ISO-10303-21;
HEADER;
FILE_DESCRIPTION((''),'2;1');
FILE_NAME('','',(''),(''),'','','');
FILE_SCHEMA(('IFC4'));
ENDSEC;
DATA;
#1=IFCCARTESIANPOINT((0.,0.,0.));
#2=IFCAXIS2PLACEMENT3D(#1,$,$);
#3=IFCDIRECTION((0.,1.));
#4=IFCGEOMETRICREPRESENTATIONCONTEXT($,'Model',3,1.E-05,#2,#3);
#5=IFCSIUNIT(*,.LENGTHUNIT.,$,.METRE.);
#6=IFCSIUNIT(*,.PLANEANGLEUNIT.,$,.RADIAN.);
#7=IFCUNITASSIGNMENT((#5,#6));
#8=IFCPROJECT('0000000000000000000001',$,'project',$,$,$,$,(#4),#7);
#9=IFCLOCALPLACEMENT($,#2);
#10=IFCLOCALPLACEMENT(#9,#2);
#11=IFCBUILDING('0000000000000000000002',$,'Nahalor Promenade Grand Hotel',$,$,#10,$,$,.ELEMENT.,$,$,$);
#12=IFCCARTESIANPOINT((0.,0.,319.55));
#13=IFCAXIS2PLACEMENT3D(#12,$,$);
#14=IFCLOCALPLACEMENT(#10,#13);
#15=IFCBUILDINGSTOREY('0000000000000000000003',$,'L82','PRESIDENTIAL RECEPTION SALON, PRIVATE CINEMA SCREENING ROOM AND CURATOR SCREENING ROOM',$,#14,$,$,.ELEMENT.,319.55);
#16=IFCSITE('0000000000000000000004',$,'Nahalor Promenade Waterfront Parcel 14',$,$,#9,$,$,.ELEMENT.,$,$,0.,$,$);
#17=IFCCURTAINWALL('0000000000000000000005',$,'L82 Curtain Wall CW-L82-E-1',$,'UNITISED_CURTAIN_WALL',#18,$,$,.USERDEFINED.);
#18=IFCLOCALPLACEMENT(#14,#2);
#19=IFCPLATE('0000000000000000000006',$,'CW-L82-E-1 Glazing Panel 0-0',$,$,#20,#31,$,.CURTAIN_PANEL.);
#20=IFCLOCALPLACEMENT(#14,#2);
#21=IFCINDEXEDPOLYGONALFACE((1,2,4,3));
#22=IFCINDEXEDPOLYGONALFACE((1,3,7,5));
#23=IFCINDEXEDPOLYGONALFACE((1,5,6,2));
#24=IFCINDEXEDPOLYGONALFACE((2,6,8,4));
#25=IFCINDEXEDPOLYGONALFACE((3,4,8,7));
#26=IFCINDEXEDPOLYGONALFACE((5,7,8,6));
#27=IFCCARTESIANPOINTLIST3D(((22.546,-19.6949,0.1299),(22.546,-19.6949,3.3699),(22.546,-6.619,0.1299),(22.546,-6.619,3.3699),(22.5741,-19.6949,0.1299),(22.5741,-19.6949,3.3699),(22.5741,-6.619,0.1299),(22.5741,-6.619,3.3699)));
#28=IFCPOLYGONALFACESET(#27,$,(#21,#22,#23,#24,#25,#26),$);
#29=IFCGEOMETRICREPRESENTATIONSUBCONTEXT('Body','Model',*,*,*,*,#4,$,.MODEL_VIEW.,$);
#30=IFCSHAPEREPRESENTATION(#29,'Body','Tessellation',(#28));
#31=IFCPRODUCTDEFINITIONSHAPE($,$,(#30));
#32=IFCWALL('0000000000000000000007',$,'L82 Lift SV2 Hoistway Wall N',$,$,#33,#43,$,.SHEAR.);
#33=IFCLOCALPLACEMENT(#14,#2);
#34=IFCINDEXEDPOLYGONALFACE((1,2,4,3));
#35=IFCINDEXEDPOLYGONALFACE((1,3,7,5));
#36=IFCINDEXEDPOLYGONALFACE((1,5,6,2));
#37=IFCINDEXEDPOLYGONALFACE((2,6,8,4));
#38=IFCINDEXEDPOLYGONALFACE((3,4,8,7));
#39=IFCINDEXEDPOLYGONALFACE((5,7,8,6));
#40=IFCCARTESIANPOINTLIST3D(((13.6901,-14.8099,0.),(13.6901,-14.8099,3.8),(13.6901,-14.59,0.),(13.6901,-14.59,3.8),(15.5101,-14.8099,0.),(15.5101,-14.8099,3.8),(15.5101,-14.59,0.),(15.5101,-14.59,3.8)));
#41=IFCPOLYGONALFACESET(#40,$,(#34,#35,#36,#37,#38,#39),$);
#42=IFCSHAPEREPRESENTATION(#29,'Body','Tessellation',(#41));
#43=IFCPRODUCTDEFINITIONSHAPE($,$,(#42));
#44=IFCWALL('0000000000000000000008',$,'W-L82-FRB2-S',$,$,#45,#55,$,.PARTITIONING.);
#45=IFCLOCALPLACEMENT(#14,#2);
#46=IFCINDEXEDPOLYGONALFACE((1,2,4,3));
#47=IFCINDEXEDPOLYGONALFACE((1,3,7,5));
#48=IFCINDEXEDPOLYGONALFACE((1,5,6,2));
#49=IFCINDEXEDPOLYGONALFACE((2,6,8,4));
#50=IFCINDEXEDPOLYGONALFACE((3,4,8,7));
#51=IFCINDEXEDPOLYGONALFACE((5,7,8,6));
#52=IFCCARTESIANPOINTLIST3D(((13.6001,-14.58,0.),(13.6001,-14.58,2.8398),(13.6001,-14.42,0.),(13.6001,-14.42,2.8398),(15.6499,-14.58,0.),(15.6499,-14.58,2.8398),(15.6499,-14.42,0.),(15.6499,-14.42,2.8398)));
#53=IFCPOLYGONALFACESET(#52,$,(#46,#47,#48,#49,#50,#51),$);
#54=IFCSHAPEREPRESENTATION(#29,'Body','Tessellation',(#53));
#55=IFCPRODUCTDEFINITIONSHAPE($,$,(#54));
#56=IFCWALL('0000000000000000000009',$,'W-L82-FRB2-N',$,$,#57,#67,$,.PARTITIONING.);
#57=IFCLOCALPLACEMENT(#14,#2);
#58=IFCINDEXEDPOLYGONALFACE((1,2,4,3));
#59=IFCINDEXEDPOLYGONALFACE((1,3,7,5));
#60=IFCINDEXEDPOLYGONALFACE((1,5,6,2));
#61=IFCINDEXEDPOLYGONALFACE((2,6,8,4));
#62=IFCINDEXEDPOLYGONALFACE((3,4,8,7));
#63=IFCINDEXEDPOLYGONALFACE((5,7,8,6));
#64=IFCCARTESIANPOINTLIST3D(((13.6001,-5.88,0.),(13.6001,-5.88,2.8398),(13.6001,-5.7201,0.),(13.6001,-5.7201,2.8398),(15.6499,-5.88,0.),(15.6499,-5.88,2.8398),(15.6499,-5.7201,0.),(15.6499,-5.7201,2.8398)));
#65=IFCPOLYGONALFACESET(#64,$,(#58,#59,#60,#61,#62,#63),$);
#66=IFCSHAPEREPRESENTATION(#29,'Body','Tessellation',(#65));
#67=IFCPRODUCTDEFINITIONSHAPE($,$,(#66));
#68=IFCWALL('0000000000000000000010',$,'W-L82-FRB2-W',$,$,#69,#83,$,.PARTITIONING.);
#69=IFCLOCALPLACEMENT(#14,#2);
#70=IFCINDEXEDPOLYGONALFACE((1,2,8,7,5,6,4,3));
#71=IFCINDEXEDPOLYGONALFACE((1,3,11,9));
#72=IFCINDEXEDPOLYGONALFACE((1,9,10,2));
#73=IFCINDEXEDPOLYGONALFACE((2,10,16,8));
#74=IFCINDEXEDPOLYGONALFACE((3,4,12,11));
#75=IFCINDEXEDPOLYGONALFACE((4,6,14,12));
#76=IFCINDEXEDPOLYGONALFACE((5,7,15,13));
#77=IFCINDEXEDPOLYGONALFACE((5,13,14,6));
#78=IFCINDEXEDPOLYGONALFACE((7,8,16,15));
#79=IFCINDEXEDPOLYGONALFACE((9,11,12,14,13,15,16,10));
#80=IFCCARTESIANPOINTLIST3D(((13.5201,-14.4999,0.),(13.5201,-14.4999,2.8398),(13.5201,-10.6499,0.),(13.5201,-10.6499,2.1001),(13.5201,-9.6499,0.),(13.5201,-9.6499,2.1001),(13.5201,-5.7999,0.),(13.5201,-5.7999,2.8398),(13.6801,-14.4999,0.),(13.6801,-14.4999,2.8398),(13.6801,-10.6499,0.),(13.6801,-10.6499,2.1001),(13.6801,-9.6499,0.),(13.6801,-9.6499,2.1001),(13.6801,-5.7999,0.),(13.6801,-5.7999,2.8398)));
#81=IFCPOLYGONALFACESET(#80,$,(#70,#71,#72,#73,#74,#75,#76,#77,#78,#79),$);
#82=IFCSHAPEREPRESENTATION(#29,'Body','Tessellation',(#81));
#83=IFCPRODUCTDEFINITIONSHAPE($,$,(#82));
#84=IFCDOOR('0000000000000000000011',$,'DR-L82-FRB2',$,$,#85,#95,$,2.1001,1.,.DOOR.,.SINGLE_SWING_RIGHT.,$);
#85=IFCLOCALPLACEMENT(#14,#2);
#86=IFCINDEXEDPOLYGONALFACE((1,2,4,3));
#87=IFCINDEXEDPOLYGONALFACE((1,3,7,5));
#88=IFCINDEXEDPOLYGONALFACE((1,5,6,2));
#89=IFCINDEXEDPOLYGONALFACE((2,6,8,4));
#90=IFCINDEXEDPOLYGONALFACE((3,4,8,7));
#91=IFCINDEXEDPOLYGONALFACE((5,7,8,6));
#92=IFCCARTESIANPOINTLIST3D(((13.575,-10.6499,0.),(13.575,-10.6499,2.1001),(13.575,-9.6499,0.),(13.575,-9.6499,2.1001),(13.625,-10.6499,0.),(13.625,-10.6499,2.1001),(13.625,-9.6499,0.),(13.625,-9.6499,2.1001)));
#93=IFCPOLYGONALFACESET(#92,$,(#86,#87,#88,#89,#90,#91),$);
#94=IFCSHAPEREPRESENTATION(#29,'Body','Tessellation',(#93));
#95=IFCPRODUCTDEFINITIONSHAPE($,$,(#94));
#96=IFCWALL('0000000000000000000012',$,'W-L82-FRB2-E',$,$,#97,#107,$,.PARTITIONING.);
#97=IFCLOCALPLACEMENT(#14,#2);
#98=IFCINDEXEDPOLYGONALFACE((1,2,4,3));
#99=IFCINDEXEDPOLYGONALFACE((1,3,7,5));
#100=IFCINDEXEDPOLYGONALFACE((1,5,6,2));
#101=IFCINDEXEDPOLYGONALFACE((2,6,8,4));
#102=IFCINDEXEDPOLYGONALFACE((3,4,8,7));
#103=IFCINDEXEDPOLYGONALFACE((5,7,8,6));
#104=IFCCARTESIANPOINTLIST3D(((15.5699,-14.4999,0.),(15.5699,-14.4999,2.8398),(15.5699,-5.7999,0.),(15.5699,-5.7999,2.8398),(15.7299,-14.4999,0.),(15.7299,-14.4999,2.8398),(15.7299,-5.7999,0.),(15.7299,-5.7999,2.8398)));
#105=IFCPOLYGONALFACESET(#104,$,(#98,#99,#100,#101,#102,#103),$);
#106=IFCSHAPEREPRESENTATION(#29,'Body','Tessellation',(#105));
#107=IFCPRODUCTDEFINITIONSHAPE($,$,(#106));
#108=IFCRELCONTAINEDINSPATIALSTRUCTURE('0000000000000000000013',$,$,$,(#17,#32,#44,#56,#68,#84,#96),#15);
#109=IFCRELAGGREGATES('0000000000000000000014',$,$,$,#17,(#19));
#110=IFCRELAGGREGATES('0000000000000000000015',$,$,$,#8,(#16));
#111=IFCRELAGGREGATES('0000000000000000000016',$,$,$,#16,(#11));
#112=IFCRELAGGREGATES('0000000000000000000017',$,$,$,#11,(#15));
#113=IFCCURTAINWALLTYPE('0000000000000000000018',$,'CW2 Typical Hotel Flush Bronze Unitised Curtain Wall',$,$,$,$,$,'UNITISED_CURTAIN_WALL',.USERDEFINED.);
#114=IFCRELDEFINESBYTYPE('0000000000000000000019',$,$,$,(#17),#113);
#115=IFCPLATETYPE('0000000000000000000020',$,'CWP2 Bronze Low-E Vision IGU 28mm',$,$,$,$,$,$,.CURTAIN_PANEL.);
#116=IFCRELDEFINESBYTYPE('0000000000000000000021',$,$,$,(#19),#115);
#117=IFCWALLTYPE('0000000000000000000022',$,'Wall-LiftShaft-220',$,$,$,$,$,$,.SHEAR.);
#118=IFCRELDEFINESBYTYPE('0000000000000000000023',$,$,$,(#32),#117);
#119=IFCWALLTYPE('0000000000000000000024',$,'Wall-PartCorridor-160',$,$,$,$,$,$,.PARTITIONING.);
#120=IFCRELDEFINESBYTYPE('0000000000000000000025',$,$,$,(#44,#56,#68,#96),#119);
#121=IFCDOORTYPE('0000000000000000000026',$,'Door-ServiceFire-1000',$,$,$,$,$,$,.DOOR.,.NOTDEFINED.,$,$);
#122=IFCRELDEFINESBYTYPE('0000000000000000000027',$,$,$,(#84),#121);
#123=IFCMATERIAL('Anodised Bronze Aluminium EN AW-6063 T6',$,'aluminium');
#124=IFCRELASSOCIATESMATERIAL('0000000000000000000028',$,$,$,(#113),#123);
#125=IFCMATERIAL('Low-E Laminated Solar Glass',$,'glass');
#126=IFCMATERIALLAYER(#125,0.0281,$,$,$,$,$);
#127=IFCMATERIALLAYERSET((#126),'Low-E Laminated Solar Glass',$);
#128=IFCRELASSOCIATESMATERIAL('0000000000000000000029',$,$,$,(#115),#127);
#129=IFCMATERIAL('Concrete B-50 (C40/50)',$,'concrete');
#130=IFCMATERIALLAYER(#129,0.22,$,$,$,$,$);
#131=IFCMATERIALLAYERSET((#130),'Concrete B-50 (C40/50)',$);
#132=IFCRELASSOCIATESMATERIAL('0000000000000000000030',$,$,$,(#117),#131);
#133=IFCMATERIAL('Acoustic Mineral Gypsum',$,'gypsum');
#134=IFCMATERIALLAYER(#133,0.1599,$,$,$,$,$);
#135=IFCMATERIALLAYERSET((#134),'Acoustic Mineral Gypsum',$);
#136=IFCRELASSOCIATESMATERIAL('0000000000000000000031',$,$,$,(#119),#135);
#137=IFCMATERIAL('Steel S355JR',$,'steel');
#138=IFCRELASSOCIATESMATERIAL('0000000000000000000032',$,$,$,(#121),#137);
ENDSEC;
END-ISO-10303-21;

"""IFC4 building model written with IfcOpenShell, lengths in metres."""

from ifc_helpers import new_model, si_unit, direction, frame, frame_2d, origin, origin_2d, place, context, subcontext, project, spatial, rectangle, extrude, source, transform, mapped, material, layer, layer_set, type_object, element, fill, aggregate, save


model = new_model("IFC4")

# Units and contexts
model_context = context("Model", 3, precision=1e-05, world=origin(), true_north=direction((0.0, 1.0)))
body_context = subcontext(model_context, "Body", "Model", "MODEL_VIEW")
ifc_project = project(units=[si_unit("LENGTHUNIT", "METRE"), si_unit("PLANEANGLEUNIT", "RADIAN")], contexts=[model_context])

# Site, building, storey
site_placement = place(None, origin())
site = spatial("IfcSite", under=ifc_project, at=site_placement, Name="Nahalor Promenade Waterfront Parcel 14", CompositionType="ELEMENT", RefElevation=0.0)
building_placement = place(site_placement, origin())
building = spatial("IfcBuilding", under=site, at=building_placement, Name="Nahalor Promenade Grand Hotel", CompositionType="ELEMENT")
storey_placement = place(building_placement, frame((0.0, 0.0, 319.55)))
storey = spatial("IfcBuildingStorey", under=building, at=storey_placement, Name="L82", Description="PRESIDENTIAL RECEPTION SALON, PRIVATE CINEMA SCREENING ROOM AND CURATOR SCREENING ROOM", CompositionType="ELEMENT", Elevation=319.55)

# Shared definitions
ifc_material_1 = material(Name="Concrete B-50 (C40/50)", Category="concrete")
ifc_material_2 = material(Name="Steel S355JR", Category="steel")

# Curtain wall, plate
ifc_material_3 = material(Name="Anodised Bronze Aluminium EN AW-6063 T6", Category="aluminium")
curtain_wall_type = type_object("IfcCurtainWallType", Name="CW2 Typical Hotel Flush Bronze Unitised Curtain Wall", ElementType="UNITISED_CURTAIN_WALL", PredefinedType="USERDEFINED", material=ifc_material_3)
curtain_wall_placement = place(storey_placement, origin())
curtain_wall = element("IfcCurtainWall", 1, at=curtain_wall_placement, inside=storey, type_object=curtain_wall_type, Name="L82 Curtain Wall CW-L82-E-1", ObjectType="UNITISED_CURTAIN_WALL", PredefinedType="USERDEFINED")
ifc_material_4 = material(Name="Low-E Laminated Solar Glass", Category="glass")
ifc_layer_1 = layer(ifc_material_4, 0.0281)
ifc_layer_set_1 = layer_set([ifc_layer_1], Name="Low-E Laminated Solar Glass")
plate_type = type_object("IfcPlateType", Name="CWP2 Bronze Low-E Vision IGU 28mm", PredefinedType="CURTAIN_PANEL", material=ifc_layer_set_1)
shared_shape_1 = source(origin(), body_context, "Body", "SweptSolid", [
    extrude(rectangle(XDim=13.0759, YDim=0.0281, at=origin_2d()), origin(), (0.0, 0.0, 1.0), 3.24),
])
plate_placement = place(storey_placement, frame((22.5601, -13.157, 0.1299), z_axis=(0.0, 0.0, 1.0), x_axis=(0.0, 1.0, 0.0)))
plate = element("IfcPlate", 2, at=plate_placement, type_object=plate_type, Name="CW-L82-E-1 Glazing Panel 0-0", PredefinedType="CURTAIN_PANEL", context=body_context, shape_type="MappedRepresentation", body=[
    mapped(shared_shape_1, transform((0.0, 0.0, 0.0), scale=1.0)),
])
aggregate(curtain_wall, [plate])

# Wall
ifc_layer_2 = layer(ifc_material_1, 0.22)
ifc_layer_set_2 = layer_set([ifc_layer_2], Name="Concrete B-50 (C40/50)")
wall_type_1 = type_object("IfcWallType", Name="Wall-LiftShaft-220", PredefinedType="SHEAR", material=ifc_layer_set_2)
shared_shape_2 = source(origin(), body_context, "Body", "SweptSolid", [
    extrude(rectangle(XDim=1.8201, YDim=0.22, at=frame_2d((0.9102, 0.0))), origin(), (0.0, 0.0, 1.0), 3.8),
])
wall_1_placement = place(storey_placement, frame((13.6899, -14.7, 0.0), z_axis=(0.0, 0.0, 1.0), x_axis=(1.0, 0.0, 0.0)))
element("IfcWall", 3, at=wall_1_placement, inside=storey, type_object=wall_type_1, Name="L82 Lift SV2 Hoistway Wall N", PredefinedType="SHEAR", context=body_context, shape_type="MappedRepresentation", body=[
    mapped(shared_shape_2, transform((0.0, 0.0, 0.0), scale=1.0)),
])

# Walls
ifc_material_5 = material(Name="Acoustic Mineral Gypsum", Category="gypsum")
ifc_layer_3 = layer(ifc_material_5, 0.1599)
ifc_layer_set_3 = layer_set([ifc_layer_3], Name="Acoustic Mineral Gypsum")
wall_type_2 = type_object("IfcWallType", Name="Wall-PartCorridor-160", PredefinedType="PARTITIONING", material=ifc_layer_set_3)
shared_shape_3 = source(origin(), body_context, "Body", "SweptSolid", [
    extrude(rectangle(XDim=2.0498, YDim=0.1599, at=frame_2d((1.0249, 0.0))), origin(), (0.0, 0.0, 1.0), 2.8398),
])
for number, where, z_axis, x_axis, name in (
    (4, (13.6001, -14.5, 0.0), (0.0, 0.0, 1.0), (1.0, 0.0, 0.0), "W-L82-FRB2-S"),
    (5, (13.6001, -5.8, 0.0), (0.0, 0.0, 1.0), (1.0, 0.0, 0.0), "W-L82-FRB2-N"),
):
    element("IfcWall", number, at=place(storey_placement, frame(where, z_axis=z_axis, x_axis=x_axis)), inside=storey, type_object=wall_type_2, Name=name, PredefinedType="PARTITIONING", context=body_context, shape_type="MappedRepresentation", body=[
        mapped(shared_shape_3, transform((0.0, 0.0, 0.0), scale=1.0)),
    ])

# Wall, opening, door
shared_shape_4 = source(origin(), body_context, "Body", "SweptSolid", [
    extrude(rectangle(XDim=8.7, YDim=0.1599, at=frame_2d((4.3501, 0.0))), origin(), (0.0, 0.0, 1.0), 2.8398),
])
wall_2_placement = place(storey_placement, frame((13.6001, -14.5, 0.0), z_axis=(0.0, 0.0, 1.0), x_axis=(0.0, 1.0, 0.0)))
wall_2 = element("IfcWall", 6, at=wall_2_placement, inside=storey, type_object=wall_type_2, Name="W-L82-FRB2-W", PredefinedType="PARTITIONING", context=body_context, shape_type="MappedRepresentation", body=[
    mapped(shared_shape_4, transform((0.0, 0.0, 0.0), scale=1.0)),
])
opening_1_placement = place(wall_2_placement, frame((3.8501, 0.0, 0.0)))
opening_1 = element("IfcOpeningElement", 7, at=opening_1_placement, cuts=wall_2, PredefinedType="OPENING", context=body_context, shape_type="SweptSolid", body=[
    extrude(rectangle(XDim=1.0, YDim=2.1001, at=frame_2d((0.5, 1.05))), frame((0.0, 0.0898, 0.0), z_axis=(0.0, -1.0, 0.0), x_axis=(1.0, 0.0, 0.0)), (0.0, 0.0, 1.0), 0.1799),
])
door_type_1 = type_object("IfcDoorType", Name="Door-ServiceFire-1000", OperationType="NOTDEFINED", PredefinedType="DOOR", material=ifc_material_2)
shared_shape_5 = source(origin(), body_context, "Body", "SweptSolid", [
    extrude(rectangle(XDim=1.0, YDim=2.1001, at=frame_2d((0.5, 1.05))), frame((0.0, 0.0249, 0.0), z_axis=(0.0, -1.0, 0.0), x_axis=(1.0, 0.0, 0.0)), (0.0, 0.0, 1.0), 0.05),
])
door_1_placement = place(opening_1_placement, frame((1.0, 0.0, 0.0), z_axis=(0.0, 0.0, 1.0), x_axis=(-1.0, 0.0, 0.0)))
door_1 = element("IfcDoor", 8, at=door_1_placement, inside=storey, type_object=door_type_1, Name="DR-L82-FRB2", OperationType="SINGLE_SWING_RIGHT", OverallHeight=2.1001, OverallWidth=1.0, PredefinedType="DOOR", context=body_context, shape_type="MappedRepresentation", body=[
    mapped(shared_shape_5, transform((0.0, 0.0, 0.0), scale=1.0)),
])
fill(opening_1, door_1)

# Wall
wall_3_placement = place(storey_placement, frame((15.6499, -14.5, 0.0), z_axis=(0.0, 0.0, 1.0), x_axis=(0.0, 1.0, 0.0)))
element("IfcWall", 9, at=wall_3_placement, inside=storey, type_object=wall_type_2, Name="W-L82-FRB2-E", PredefinedType="PARTITIONING", context=body_context, shape_type="MappedRepresentation", body=[
    mapped(shared_shape_4, transform((0.0, 0.0, 0.0), scale=1.0)),
])

save(model, "model.ifc")
